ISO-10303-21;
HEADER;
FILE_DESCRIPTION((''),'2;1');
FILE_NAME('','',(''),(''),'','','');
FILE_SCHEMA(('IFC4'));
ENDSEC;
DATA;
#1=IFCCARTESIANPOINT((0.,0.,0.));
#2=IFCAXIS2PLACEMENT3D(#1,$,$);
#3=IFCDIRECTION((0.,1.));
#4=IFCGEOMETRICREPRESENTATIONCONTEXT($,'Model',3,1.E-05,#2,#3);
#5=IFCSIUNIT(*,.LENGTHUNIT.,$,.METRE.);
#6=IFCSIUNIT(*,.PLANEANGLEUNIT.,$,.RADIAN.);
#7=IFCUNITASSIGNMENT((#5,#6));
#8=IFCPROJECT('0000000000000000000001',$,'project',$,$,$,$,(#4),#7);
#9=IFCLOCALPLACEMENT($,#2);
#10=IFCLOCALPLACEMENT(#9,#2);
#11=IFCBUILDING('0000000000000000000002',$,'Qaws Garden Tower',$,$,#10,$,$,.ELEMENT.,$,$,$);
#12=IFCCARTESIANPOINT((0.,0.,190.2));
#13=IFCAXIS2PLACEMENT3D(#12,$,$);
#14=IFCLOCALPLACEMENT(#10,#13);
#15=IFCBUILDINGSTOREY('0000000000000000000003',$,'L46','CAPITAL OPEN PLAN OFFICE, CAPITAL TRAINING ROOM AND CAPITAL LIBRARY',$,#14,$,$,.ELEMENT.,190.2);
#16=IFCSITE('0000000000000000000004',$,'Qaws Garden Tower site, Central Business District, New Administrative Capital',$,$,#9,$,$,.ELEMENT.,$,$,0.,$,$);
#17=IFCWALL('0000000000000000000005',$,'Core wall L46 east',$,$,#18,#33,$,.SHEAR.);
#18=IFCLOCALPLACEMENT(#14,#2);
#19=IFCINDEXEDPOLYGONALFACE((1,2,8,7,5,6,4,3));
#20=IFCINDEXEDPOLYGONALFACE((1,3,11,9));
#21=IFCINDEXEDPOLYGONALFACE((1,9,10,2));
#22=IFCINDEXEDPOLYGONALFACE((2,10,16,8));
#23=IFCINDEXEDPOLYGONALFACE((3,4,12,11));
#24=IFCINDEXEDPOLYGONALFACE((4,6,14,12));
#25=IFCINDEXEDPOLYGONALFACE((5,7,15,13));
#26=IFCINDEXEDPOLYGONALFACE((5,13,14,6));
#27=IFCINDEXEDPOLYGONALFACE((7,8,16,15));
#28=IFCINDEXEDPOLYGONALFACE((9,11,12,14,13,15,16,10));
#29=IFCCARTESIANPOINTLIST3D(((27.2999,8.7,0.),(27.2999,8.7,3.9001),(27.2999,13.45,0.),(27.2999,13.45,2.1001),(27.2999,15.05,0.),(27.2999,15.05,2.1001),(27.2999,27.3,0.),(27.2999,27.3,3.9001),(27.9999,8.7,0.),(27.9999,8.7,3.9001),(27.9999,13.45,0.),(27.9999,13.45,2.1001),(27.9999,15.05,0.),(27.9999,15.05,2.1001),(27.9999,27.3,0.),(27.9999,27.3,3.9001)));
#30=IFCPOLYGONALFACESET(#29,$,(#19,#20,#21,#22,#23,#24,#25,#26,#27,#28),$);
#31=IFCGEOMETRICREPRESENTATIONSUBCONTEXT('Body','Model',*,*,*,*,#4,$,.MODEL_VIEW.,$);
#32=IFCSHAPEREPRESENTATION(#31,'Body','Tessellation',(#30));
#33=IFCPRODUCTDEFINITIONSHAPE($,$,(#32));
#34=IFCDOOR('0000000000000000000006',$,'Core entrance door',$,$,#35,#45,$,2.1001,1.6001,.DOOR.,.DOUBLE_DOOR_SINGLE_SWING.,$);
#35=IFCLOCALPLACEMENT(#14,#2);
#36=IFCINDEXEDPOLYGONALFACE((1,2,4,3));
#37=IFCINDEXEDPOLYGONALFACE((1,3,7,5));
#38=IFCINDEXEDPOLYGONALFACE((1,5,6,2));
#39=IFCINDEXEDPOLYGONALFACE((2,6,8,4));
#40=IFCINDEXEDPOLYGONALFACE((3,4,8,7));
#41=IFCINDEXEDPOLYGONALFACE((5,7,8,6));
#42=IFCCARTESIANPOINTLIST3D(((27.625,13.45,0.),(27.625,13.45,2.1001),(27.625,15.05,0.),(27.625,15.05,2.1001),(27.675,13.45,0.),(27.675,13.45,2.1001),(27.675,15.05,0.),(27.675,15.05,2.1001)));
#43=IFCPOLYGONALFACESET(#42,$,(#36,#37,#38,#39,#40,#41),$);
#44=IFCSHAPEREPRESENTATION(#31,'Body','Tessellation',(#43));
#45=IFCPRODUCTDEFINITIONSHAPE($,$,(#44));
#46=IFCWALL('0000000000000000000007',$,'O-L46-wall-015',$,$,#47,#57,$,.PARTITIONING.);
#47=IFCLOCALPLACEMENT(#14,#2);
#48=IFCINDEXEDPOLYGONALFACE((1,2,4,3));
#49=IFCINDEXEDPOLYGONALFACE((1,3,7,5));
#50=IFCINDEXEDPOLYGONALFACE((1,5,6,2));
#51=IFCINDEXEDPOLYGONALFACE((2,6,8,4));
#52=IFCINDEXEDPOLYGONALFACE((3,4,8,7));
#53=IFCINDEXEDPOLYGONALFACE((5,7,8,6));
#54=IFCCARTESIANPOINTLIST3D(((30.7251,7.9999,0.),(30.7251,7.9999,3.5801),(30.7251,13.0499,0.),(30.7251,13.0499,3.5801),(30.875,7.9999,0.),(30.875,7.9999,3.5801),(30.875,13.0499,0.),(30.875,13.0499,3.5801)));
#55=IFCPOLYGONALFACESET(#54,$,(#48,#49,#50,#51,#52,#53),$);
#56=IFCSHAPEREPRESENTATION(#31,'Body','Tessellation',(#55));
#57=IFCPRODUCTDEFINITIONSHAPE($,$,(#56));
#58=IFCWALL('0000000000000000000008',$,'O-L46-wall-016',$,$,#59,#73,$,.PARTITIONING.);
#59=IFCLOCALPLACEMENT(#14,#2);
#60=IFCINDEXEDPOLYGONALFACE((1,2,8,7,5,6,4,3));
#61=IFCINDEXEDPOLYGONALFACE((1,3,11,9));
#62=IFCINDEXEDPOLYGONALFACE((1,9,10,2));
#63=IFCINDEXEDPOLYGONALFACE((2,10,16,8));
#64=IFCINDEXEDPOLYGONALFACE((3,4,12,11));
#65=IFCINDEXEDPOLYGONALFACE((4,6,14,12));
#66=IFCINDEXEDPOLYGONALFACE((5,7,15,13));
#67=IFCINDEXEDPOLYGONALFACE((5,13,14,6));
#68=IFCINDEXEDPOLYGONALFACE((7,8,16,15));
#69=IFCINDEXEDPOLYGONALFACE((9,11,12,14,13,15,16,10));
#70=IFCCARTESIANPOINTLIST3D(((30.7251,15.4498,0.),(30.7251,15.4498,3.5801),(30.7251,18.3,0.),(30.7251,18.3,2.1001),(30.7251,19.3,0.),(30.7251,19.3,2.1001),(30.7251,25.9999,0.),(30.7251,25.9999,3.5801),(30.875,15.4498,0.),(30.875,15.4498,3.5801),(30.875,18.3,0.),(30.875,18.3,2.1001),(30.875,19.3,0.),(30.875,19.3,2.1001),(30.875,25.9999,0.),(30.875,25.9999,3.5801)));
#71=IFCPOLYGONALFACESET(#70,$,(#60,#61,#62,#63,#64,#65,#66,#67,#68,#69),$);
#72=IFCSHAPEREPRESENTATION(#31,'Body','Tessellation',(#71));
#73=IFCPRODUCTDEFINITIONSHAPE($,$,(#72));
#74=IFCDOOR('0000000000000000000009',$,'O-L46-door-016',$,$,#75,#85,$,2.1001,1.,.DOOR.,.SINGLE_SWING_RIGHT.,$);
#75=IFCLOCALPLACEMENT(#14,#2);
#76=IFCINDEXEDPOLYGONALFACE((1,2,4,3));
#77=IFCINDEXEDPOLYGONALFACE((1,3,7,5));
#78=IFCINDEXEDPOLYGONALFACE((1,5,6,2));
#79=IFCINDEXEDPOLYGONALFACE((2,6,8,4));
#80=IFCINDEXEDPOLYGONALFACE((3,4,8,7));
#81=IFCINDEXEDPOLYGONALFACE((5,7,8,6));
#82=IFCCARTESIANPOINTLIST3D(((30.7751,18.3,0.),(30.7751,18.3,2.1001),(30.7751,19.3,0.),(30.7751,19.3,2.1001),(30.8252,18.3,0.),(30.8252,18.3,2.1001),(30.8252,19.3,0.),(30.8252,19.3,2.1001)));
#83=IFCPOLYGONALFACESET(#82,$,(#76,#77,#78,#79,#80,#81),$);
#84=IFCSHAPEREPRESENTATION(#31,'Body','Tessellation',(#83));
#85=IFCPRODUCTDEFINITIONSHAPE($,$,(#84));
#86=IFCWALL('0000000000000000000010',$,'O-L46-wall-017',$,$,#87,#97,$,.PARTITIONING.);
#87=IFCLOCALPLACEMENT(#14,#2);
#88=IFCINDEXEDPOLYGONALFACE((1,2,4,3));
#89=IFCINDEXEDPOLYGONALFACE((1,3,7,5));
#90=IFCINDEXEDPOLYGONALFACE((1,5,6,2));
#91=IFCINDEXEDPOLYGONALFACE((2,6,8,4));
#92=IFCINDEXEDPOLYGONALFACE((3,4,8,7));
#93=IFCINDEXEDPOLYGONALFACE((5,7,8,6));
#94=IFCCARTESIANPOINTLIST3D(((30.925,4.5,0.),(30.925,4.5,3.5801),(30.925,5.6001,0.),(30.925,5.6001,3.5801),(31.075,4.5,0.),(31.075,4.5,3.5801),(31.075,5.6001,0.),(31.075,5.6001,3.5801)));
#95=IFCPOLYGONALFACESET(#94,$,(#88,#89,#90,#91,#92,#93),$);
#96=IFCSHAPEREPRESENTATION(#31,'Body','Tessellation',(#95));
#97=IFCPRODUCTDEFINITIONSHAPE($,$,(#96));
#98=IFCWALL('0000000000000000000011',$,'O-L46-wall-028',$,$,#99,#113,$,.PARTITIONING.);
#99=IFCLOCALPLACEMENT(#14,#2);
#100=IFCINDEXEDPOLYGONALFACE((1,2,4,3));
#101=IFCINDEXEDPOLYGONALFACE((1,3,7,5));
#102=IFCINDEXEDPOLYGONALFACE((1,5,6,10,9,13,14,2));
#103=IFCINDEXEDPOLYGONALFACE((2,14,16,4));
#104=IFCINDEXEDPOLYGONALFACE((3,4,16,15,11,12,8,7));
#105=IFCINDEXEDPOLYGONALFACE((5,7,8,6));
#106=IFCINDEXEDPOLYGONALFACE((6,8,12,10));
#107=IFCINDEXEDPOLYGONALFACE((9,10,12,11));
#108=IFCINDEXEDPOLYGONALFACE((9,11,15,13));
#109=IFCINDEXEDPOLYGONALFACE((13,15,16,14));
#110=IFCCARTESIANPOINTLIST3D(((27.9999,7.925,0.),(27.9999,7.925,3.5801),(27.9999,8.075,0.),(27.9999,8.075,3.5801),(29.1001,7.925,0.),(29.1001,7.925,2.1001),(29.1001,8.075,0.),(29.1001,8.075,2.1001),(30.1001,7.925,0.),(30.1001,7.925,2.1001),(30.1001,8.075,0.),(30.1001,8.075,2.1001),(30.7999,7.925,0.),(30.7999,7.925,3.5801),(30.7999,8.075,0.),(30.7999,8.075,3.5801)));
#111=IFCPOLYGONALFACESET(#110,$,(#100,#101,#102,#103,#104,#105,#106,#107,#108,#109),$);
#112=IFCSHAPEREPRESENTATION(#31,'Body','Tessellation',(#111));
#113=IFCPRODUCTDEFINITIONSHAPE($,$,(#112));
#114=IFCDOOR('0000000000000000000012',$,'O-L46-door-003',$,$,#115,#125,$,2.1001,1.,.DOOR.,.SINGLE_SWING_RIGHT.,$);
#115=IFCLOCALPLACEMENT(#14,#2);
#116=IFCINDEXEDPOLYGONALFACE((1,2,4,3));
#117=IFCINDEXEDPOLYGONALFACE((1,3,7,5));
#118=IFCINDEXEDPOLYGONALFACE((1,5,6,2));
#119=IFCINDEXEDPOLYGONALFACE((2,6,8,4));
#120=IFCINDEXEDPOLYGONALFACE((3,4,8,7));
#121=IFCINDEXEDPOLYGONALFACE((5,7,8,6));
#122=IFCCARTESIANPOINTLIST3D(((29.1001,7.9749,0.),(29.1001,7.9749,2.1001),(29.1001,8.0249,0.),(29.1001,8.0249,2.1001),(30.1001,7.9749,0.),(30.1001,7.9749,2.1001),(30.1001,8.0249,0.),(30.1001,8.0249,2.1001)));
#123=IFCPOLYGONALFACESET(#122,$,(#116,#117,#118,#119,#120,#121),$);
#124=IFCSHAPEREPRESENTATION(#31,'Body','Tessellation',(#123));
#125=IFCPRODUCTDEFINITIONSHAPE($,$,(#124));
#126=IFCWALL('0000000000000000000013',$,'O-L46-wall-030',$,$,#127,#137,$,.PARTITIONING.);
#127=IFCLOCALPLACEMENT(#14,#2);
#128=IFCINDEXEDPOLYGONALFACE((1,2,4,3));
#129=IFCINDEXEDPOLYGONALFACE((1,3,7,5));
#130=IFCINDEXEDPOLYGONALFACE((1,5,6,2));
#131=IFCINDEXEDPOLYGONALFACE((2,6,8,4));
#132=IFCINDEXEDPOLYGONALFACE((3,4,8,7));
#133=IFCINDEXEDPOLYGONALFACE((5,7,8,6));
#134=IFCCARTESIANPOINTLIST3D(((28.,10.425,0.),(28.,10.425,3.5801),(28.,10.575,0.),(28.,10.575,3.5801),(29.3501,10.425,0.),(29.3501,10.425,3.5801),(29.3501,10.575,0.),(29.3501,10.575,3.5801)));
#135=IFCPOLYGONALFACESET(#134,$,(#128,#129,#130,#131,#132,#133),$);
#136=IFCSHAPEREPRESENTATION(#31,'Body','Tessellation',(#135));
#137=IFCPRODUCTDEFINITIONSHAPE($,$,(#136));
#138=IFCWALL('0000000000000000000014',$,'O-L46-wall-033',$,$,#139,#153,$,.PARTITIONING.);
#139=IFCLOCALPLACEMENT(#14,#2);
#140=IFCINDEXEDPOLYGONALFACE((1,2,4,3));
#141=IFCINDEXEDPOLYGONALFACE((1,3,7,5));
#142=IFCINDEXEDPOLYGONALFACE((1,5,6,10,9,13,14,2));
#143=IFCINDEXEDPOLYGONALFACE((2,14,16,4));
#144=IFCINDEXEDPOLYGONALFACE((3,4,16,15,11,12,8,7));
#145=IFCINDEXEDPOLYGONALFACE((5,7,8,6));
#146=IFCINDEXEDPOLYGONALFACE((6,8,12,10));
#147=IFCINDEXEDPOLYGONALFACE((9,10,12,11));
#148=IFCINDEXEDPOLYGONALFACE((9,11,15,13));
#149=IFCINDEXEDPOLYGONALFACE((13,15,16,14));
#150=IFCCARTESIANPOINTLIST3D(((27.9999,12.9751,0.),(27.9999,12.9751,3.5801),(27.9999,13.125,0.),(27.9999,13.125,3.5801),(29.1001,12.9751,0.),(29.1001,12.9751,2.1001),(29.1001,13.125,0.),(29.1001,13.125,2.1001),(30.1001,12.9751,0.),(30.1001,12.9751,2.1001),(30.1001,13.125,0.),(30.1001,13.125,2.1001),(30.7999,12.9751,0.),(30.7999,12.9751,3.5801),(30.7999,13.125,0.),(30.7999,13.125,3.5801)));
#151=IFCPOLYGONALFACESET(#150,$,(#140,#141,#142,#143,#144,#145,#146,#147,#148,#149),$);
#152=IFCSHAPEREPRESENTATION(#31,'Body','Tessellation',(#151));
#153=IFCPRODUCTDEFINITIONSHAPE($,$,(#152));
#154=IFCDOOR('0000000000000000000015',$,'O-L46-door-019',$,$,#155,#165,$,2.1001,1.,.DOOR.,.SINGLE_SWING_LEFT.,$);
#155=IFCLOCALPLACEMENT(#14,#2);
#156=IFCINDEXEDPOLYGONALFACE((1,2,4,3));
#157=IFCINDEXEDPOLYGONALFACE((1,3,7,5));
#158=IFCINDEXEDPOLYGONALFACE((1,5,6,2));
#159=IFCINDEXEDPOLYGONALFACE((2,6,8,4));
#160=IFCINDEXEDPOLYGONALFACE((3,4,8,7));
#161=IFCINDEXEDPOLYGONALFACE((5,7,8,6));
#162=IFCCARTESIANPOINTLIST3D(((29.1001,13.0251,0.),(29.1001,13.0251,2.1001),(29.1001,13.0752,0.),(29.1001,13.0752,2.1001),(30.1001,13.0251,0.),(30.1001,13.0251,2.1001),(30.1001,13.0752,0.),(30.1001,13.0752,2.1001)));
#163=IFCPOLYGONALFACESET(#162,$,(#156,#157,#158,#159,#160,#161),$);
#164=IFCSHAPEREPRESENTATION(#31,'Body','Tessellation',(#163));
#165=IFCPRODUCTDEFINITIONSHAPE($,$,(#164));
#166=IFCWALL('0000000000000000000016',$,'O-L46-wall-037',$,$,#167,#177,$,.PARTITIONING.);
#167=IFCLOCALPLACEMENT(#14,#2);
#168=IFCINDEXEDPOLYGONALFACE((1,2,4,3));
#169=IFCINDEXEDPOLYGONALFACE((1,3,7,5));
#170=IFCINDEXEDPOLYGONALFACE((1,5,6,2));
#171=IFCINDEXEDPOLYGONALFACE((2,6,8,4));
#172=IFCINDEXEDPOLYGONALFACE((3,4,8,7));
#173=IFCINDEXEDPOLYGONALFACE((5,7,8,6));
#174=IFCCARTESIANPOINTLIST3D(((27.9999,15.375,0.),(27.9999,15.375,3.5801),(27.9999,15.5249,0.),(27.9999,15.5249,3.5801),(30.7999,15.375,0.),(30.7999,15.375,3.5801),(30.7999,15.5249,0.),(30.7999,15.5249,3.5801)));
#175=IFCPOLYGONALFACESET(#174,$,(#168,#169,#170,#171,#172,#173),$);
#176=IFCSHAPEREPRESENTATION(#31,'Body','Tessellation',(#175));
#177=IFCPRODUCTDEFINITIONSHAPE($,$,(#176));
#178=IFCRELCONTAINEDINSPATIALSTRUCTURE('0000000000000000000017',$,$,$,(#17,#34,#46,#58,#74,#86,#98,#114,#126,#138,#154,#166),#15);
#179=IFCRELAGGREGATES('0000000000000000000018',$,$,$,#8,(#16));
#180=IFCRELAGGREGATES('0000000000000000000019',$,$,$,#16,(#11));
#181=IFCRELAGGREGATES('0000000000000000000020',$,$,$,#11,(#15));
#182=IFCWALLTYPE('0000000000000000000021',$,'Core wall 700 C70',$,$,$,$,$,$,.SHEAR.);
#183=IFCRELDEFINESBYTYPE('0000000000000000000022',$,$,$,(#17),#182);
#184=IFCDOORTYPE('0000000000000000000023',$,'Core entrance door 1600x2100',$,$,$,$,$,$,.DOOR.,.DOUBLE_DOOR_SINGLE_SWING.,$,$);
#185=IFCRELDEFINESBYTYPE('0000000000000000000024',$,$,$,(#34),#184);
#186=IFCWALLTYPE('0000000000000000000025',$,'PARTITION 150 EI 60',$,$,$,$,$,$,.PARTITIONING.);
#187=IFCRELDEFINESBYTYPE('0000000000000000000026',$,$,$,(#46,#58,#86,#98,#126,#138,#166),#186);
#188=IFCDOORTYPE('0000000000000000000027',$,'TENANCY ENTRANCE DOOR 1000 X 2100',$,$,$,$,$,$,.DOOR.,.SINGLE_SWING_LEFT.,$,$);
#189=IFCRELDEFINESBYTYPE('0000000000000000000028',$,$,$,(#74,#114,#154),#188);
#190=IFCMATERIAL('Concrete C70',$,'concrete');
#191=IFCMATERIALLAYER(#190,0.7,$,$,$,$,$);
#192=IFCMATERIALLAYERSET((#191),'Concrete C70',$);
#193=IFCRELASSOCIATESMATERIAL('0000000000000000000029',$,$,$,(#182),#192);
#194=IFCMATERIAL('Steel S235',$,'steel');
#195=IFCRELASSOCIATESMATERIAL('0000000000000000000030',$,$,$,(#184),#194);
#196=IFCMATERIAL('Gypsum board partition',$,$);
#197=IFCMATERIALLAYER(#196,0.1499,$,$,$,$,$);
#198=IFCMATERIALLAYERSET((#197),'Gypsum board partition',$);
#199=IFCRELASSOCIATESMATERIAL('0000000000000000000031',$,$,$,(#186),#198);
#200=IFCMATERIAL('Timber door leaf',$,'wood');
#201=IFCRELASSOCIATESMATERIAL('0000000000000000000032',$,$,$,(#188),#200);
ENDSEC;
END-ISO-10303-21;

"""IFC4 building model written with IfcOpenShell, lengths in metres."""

from ifc_helpers import new_model, si_unit, direction, frame, frame_2d, origin, place, context, subcontext, project, spatial, rectangle, extrude, material, layer, layer_set, type_object, element, fill, save


model = new_model("IFC4")

# Units and contexts
model_context = context("Model", 3, precision=1e-05, world=origin(), true_north=direction((0.0, 1.0)))
body_context = subcontext(model_context, "Body", "Model", "MODEL_VIEW")
ifc_project = project(units=[si_unit("LENGTHUNIT", "METRE"), si_unit("PLANEANGLEUNIT", "RADIAN")], contexts=[model_context])

# Site, building, storey
site_placement = place(None, origin())
site = spatial("IfcSite", under=ifc_project, at=site_placement, Name="Qaws Garden Tower site, Central Business District, New Administrative Capital", CompositionType="ELEMENT", RefElevation=0.0)
building_placement = place(site_placement, origin())
building = spatial("IfcBuilding", under=site, at=building_placement, Name="Qaws Garden Tower", CompositionType="ELEMENT")
storey_placement = place(building_placement, frame((0.0, 0.0, 190.2)))
storey = spatial("IfcBuildingStorey", under=building, at=storey_placement, Name="L46", Description="CAPITAL OPEN PLAN OFFICE, CAPITAL TRAINING ROOM AND CAPITAL LIBRARY", CompositionType="ELEMENT", Elevation=190.2)

# Wall, opening, door
ifc_material_1 = material(Name="Concrete C70", Category="concrete")
ifc_layer_1 = layer(ifc_material_1, 0.7)
ifc_layer_set_1 = layer_set([ifc_layer_1], Name="Concrete C70")
wall_type_1 = type_object("IfcWallType", Name="Core wall 700 C70", PredefinedType="SHEAR", material=ifc_layer_set_1)
wall_1_placement = place(storey_placement, frame((27.6499, 8.7, 0.0), z_axis=(0.0, 0.0, 1.0), x_axis=(0.0, 1.0, 0.0)))
wall_1 = element("IfcWall", 1, at=wall_1_placement, inside=storey, type_object=wall_type_1, Name="Core wall L46 east", PredefinedType="SHEAR", context=body_context, shape_type="SweptSolid", body=[
    extrude(rectangle(XDim=18.6001, YDim=0.7, at=frame_2d((9.3, 0.0))), origin(), (0.0, 0.0, 1.0), 3.9001),
])
opening_1_placement = place(wall_1_placement, frame((4.75, 0.0, 0.0)))
opening_1 = element("IfcOpeningElement", 2, at=opening_1_placement, cuts=wall_1, PredefinedType="OPENING", context=body_context, shape_type="SweptSolid", body=[
    extrude(rectangle(XDim=1.6001, YDim=2.1001, at=frame_2d((0.8, 1.05))), frame((0.0, 0.3599, 0.0), z_axis=(0.0, -1.0, 0.0), x_axis=(1.0, 0.0, 0.0)), (0.0, 0.0, 1.0), 0.72),
])
ifc_material_2 = material(Name="Steel S235", Category="steel")
door_type_1 = type_object("IfcDoorType", Name="Core entrance door 1600x2100", OperationType="DOUBLE_DOOR_SINGLE_SWING", PredefinedType="DOOR", material=ifc_material_2)
door_1_placement = place(opening_1_placement, origin())
door_1 = element("IfcDoor", 3, at=door_1_placement, inside=storey, type_object=door_type_1, Name="Core entrance door", OperationType="DOUBLE_DOOR_SINGLE_SWING", OverallHeight=2.1001, OverallWidth=1.6001, PredefinedType="DOOR", context=body_context, shape_type="SweptSolid", body=[
    extrude(rectangle(XDim=1.6001, YDim=2.1001, at=frame_2d((0.8, 1.05))), frame((0.0, 0.0249, 0.0), z_axis=(0.0, -1.0, 0.0), x_axis=(1.0, 0.0, 0.0)), (0.0, 0.0, 1.0), 0.05),
])
fill(opening_1, door_1)

# Wall
ifc_material_3 = material(Name="Gypsum board partition")
ifc_layer_2 = layer(ifc_material_3, 0.1499)
ifc_layer_set_2 = layer_set([ifc_layer_2], Name="Gypsum board partition")
wall_type_2 = type_object("IfcWallType", Name="PARTITION 150 EI 60", PredefinedType="PARTITIONING", material=ifc_layer_set_2)
wall_2_placement = place(storey_placement, frame((30.8, 8.0, 0.0), z_axis=(0.0, 0.0, 1.0), x_axis=(0.0, 1.0, 0.0)))
element("IfcWall", 4, at=wall_2_placement, inside=storey, type_object=wall_type_2, Name="O-L46-wall-015", PredefinedType="PARTITIONING", context=body_context, shape_type="SweptSolid", body=[
    extrude(rectangle(XDim=5.05, YDim=0.1499, at=frame_2d((2.5249, 0.0))), origin(), (0.0, 0.0, 1.0), 3.5801),
])

# Wall, opening, door
wall_3_placement = place(storey_placement, frame((30.8, 15.45, 0.0), z_axis=(0.0, 0.0, 1.0), x_axis=(0.0, 1.0, 0.0)))
wall_3 = element("IfcWall", 5, at=wall_3_placement, inside=storey, type_object=wall_type_2, Name="O-L46-wall-016", PredefinedType="PARTITIONING", context=body_context, shape_type="SweptSolid", body=[
    extrude(rectangle(XDim=10.55, YDim=0.1499, at=frame_2d((5.2749, 0.0))), origin(), (0.0, 0.0, 1.0), 3.5801),
])
opening_2_placement = place(wall_3_placement, frame((2.8501, 0.0, 0.0)))
opening_2 = element("IfcOpeningElement", 6, at=opening_2_placement, cuts=wall_3, PredefinedType="OPENING", context=body_context, shape_type="SweptSolid", body=[
    extrude(rectangle(XDim=1.0, YDim=2.1001, at=frame_2d((0.5, 1.05))), frame((0.0, 0.085, 0.0), z_axis=(0.0, -1.0, 0.0), x_axis=(1.0, 0.0, 0.0)), (0.0, 0.0, 1.0), 0.1699),
])
ifc_material_4 = material(Name="Timber door leaf", Category="wood")
door_type_2 = type_object("IfcDoorType", Name="TENANCY ENTRANCE DOOR 1000 X 2100", OperationType="SINGLE_SWING_LEFT", PredefinedType="DOOR", material=ifc_material_4)
door_2_placement = place(opening_2_placement, origin())
door_2 = element("IfcDoor", 7, at=door_2_placement, inside=storey, type_object=door_type_2, Name="O-L46-door-016", OperationType="SINGLE_SWING_RIGHT", OverallHeight=2.1001, OverallWidth=1.0, PredefinedType="DOOR", context=body_context, shape_type="SweptSolid", body=[
    extrude(rectangle(XDim=1.0, YDim=2.1001, at=frame_2d((0.5, 1.05))), frame((0.0, 0.0249, 0.0), z_axis=(0.0, -1.0, 0.0), x_axis=(1.0, 0.0, 0.0)), (0.0, 0.0, 1.0), 0.05),
])
fill(opening_2, door_2)

# Wall
wall_4_placement = place(storey_placement, frame((31.0, 4.5, 0.0), z_axis=(0.0, 0.0, 1.0), x_axis=(0.0, 1.0, 0.0)))
element("IfcWall", 8, at=wall_4_placement, inside=storey, type_object=wall_type_2, Name="O-L46-wall-017", PredefinedType="PARTITIONING", context=body_context, shape_type="SweptSolid", body=[
    extrude(rectangle(XDim=1.1001, YDim=0.1499, at=frame_2d((0.55, 0.0))), origin(), (0.0, 0.0, 1.0), 3.5801),
])

# Wall, opening, door
wall_5_placement = place(storey_placement, frame((28.0, 8.0, 0.0), z_axis=(0.0, 0.0, 1.0), x_axis=(1.0, 0.0, 0.0)))
wall_5 = element("IfcWall", 9, at=wall_5_placement, inside=storey, type_object=wall_type_2, Name="O-L46-wall-028", PredefinedType="PARTITIONING", context=body_context, shape_type="SweptSolid", body=[
    extrude(rectangle(XDim=2.8, YDim=0.1499, at=frame_2d((1.3999, 0.0))), origin(), (0.0, 0.0, 1.0), 3.5801),
])
opening_3_placement = place(wall_5_placement, frame((1.1001, 0.0, 0.0)))
opening_3 = element("IfcOpeningElement", 10, at=opening_3_placement, cuts=wall_5, PredefinedType="OPENING", context=body_context, shape_type="SweptSolid", body=[
    extrude(rectangle(XDim=1.0, YDim=2.1001, at=frame_2d((0.5, 1.05))), frame((0.0, 0.085, 0.0), z_axis=(0.0, -1.0, 0.0), x_axis=(1.0, 0.0, 0.0)), (0.0, 0.0, 1.0), 0.1699),
])
door_3_placement = place(opening_3_placement, origin())
door_3 = element("IfcDoor", 11, at=door_3_placement, inside=storey, type_object=door_type_2, Name="O-L46-door-003", OperationType="SINGLE_SWING_RIGHT", OverallHeight=2.1001, OverallWidth=1.0, PredefinedType="DOOR", context=body_context, shape_type="SweptSolid", body=[
    extrude(rectangle(XDim=1.0, YDim=2.1001, at=frame_2d((0.5, 1.05))), frame((0.0, 0.0249, 0.0), z_axis=(0.0, -1.0, 0.0), x_axis=(1.0, 0.0, 0.0)), (0.0, 0.0, 1.0), 0.05),
])
fill(opening_3, door_3)

# Wall
wall_6_placement = place(storey_placement, frame((28.0, 10.5, 0.0), z_axis=(0.0, 0.0, 1.0), x_axis=(1.0, 0.0, 0.0)))
element("IfcWall", 12, at=wall_6_placement, inside=storey, type_object=wall_type_2, Name="O-L46-wall-030", PredefinedType="PARTITIONING", context=body_context, shape_type="SweptSolid", body=[
    extrude(rectangle(XDim=1.3501, YDim=0.1499, at=frame_2d((0.675, 0.0))), origin(), (0.0, 0.0, 1.0), 3.5801),
])

# Wall, opening, door
wall_7_placement = place(storey_placement, frame((28.0, 13.05, 0.0), z_axis=(0.0, 0.0, 1.0), x_axis=(1.0, 0.0, 0.0)))
wall_7 = element("IfcWall", 13, at=wall_7_placement, inside=storey, type_object=wall_type_2, Name="O-L46-wall-033", PredefinedType="PARTITIONING", context=body_context, shape_type="SweptSolid", body=[
    extrude(rectangle(XDim=2.8, YDim=0.1499, at=frame_2d((1.3999, 0.0))), origin(), (0.0, 0.0, 1.0), 3.5801),
])
opening_4_placement = place(wall_7_placement, frame((1.1001, 0.0, 0.0)))
opening_4 = element("IfcOpeningElement", 14, at=opening_4_placement, cuts=wall_7, PredefinedType="OPENING", context=body_context, shape_type="SweptSolid", body=[
    extrude(rectangle(XDim=1.0, YDim=2.1001, at=frame_2d((0.5, 1.05))), frame((0.0, 0.085, 0.0), z_axis=(0.0, -1.0, 0.0), x_axis=(1.0, 0.0, 0.0)), (0.0, 0.0, 1.0), 0.1699),
])
door_4_placement = place(opening_4_placement, frame((1.0, 0.0, 0.0), z_axis=(0.0, 0.0, 1.0), x_axis=(-1.0, 0.0, 0.0)))
door_4 = element("IfcDoor", 15, at=door_4_placement, inside=storey, type_object=door_type_2, Name="O-L46-door-019", OperationType="SINGLE_SWING_LEFT", OverallHeight=2.1001, OverallWidth=1.0, PredefinedType="DOOR", context=body_context, shape_type="SweptSolid", body=[
    extrude(rectangle(XDim=1.0, YDim=2.1001, at=frame_2d((0.5, 1.05))), frame((0.0, 0.0249, 0.0), z_axis=(0.0, -1.0, 0.0), x_axis=(1.0, 0.0, 0.0)), (0.0, 0.0, 1.0), 0.05),
])
fill(opening_4, door_4)

# Wall
wall_8_placement = place(storey_placement, frame((28.0, 15.45, 0.0), z_axis=(0.0, 0.0, 1.0), x_axis=(1.0, 0.0, 0.0)))
element("IfcWall", 16, at=wall_8_placement, inside=storey, type_object=wall_type_2, Name="O-L46-wall-037", PredefinedType="PARTITIONING", context=body_context, shape_type="SweptSolid", body=[
    extrude(rectangle(XDim=2.8, YDim=0.1499, at=frame_2d((1.3999, 0.0))), origin(), (0.0, 0.0, 1.0), 3.5801),
])

save(model, "model.ifc")
